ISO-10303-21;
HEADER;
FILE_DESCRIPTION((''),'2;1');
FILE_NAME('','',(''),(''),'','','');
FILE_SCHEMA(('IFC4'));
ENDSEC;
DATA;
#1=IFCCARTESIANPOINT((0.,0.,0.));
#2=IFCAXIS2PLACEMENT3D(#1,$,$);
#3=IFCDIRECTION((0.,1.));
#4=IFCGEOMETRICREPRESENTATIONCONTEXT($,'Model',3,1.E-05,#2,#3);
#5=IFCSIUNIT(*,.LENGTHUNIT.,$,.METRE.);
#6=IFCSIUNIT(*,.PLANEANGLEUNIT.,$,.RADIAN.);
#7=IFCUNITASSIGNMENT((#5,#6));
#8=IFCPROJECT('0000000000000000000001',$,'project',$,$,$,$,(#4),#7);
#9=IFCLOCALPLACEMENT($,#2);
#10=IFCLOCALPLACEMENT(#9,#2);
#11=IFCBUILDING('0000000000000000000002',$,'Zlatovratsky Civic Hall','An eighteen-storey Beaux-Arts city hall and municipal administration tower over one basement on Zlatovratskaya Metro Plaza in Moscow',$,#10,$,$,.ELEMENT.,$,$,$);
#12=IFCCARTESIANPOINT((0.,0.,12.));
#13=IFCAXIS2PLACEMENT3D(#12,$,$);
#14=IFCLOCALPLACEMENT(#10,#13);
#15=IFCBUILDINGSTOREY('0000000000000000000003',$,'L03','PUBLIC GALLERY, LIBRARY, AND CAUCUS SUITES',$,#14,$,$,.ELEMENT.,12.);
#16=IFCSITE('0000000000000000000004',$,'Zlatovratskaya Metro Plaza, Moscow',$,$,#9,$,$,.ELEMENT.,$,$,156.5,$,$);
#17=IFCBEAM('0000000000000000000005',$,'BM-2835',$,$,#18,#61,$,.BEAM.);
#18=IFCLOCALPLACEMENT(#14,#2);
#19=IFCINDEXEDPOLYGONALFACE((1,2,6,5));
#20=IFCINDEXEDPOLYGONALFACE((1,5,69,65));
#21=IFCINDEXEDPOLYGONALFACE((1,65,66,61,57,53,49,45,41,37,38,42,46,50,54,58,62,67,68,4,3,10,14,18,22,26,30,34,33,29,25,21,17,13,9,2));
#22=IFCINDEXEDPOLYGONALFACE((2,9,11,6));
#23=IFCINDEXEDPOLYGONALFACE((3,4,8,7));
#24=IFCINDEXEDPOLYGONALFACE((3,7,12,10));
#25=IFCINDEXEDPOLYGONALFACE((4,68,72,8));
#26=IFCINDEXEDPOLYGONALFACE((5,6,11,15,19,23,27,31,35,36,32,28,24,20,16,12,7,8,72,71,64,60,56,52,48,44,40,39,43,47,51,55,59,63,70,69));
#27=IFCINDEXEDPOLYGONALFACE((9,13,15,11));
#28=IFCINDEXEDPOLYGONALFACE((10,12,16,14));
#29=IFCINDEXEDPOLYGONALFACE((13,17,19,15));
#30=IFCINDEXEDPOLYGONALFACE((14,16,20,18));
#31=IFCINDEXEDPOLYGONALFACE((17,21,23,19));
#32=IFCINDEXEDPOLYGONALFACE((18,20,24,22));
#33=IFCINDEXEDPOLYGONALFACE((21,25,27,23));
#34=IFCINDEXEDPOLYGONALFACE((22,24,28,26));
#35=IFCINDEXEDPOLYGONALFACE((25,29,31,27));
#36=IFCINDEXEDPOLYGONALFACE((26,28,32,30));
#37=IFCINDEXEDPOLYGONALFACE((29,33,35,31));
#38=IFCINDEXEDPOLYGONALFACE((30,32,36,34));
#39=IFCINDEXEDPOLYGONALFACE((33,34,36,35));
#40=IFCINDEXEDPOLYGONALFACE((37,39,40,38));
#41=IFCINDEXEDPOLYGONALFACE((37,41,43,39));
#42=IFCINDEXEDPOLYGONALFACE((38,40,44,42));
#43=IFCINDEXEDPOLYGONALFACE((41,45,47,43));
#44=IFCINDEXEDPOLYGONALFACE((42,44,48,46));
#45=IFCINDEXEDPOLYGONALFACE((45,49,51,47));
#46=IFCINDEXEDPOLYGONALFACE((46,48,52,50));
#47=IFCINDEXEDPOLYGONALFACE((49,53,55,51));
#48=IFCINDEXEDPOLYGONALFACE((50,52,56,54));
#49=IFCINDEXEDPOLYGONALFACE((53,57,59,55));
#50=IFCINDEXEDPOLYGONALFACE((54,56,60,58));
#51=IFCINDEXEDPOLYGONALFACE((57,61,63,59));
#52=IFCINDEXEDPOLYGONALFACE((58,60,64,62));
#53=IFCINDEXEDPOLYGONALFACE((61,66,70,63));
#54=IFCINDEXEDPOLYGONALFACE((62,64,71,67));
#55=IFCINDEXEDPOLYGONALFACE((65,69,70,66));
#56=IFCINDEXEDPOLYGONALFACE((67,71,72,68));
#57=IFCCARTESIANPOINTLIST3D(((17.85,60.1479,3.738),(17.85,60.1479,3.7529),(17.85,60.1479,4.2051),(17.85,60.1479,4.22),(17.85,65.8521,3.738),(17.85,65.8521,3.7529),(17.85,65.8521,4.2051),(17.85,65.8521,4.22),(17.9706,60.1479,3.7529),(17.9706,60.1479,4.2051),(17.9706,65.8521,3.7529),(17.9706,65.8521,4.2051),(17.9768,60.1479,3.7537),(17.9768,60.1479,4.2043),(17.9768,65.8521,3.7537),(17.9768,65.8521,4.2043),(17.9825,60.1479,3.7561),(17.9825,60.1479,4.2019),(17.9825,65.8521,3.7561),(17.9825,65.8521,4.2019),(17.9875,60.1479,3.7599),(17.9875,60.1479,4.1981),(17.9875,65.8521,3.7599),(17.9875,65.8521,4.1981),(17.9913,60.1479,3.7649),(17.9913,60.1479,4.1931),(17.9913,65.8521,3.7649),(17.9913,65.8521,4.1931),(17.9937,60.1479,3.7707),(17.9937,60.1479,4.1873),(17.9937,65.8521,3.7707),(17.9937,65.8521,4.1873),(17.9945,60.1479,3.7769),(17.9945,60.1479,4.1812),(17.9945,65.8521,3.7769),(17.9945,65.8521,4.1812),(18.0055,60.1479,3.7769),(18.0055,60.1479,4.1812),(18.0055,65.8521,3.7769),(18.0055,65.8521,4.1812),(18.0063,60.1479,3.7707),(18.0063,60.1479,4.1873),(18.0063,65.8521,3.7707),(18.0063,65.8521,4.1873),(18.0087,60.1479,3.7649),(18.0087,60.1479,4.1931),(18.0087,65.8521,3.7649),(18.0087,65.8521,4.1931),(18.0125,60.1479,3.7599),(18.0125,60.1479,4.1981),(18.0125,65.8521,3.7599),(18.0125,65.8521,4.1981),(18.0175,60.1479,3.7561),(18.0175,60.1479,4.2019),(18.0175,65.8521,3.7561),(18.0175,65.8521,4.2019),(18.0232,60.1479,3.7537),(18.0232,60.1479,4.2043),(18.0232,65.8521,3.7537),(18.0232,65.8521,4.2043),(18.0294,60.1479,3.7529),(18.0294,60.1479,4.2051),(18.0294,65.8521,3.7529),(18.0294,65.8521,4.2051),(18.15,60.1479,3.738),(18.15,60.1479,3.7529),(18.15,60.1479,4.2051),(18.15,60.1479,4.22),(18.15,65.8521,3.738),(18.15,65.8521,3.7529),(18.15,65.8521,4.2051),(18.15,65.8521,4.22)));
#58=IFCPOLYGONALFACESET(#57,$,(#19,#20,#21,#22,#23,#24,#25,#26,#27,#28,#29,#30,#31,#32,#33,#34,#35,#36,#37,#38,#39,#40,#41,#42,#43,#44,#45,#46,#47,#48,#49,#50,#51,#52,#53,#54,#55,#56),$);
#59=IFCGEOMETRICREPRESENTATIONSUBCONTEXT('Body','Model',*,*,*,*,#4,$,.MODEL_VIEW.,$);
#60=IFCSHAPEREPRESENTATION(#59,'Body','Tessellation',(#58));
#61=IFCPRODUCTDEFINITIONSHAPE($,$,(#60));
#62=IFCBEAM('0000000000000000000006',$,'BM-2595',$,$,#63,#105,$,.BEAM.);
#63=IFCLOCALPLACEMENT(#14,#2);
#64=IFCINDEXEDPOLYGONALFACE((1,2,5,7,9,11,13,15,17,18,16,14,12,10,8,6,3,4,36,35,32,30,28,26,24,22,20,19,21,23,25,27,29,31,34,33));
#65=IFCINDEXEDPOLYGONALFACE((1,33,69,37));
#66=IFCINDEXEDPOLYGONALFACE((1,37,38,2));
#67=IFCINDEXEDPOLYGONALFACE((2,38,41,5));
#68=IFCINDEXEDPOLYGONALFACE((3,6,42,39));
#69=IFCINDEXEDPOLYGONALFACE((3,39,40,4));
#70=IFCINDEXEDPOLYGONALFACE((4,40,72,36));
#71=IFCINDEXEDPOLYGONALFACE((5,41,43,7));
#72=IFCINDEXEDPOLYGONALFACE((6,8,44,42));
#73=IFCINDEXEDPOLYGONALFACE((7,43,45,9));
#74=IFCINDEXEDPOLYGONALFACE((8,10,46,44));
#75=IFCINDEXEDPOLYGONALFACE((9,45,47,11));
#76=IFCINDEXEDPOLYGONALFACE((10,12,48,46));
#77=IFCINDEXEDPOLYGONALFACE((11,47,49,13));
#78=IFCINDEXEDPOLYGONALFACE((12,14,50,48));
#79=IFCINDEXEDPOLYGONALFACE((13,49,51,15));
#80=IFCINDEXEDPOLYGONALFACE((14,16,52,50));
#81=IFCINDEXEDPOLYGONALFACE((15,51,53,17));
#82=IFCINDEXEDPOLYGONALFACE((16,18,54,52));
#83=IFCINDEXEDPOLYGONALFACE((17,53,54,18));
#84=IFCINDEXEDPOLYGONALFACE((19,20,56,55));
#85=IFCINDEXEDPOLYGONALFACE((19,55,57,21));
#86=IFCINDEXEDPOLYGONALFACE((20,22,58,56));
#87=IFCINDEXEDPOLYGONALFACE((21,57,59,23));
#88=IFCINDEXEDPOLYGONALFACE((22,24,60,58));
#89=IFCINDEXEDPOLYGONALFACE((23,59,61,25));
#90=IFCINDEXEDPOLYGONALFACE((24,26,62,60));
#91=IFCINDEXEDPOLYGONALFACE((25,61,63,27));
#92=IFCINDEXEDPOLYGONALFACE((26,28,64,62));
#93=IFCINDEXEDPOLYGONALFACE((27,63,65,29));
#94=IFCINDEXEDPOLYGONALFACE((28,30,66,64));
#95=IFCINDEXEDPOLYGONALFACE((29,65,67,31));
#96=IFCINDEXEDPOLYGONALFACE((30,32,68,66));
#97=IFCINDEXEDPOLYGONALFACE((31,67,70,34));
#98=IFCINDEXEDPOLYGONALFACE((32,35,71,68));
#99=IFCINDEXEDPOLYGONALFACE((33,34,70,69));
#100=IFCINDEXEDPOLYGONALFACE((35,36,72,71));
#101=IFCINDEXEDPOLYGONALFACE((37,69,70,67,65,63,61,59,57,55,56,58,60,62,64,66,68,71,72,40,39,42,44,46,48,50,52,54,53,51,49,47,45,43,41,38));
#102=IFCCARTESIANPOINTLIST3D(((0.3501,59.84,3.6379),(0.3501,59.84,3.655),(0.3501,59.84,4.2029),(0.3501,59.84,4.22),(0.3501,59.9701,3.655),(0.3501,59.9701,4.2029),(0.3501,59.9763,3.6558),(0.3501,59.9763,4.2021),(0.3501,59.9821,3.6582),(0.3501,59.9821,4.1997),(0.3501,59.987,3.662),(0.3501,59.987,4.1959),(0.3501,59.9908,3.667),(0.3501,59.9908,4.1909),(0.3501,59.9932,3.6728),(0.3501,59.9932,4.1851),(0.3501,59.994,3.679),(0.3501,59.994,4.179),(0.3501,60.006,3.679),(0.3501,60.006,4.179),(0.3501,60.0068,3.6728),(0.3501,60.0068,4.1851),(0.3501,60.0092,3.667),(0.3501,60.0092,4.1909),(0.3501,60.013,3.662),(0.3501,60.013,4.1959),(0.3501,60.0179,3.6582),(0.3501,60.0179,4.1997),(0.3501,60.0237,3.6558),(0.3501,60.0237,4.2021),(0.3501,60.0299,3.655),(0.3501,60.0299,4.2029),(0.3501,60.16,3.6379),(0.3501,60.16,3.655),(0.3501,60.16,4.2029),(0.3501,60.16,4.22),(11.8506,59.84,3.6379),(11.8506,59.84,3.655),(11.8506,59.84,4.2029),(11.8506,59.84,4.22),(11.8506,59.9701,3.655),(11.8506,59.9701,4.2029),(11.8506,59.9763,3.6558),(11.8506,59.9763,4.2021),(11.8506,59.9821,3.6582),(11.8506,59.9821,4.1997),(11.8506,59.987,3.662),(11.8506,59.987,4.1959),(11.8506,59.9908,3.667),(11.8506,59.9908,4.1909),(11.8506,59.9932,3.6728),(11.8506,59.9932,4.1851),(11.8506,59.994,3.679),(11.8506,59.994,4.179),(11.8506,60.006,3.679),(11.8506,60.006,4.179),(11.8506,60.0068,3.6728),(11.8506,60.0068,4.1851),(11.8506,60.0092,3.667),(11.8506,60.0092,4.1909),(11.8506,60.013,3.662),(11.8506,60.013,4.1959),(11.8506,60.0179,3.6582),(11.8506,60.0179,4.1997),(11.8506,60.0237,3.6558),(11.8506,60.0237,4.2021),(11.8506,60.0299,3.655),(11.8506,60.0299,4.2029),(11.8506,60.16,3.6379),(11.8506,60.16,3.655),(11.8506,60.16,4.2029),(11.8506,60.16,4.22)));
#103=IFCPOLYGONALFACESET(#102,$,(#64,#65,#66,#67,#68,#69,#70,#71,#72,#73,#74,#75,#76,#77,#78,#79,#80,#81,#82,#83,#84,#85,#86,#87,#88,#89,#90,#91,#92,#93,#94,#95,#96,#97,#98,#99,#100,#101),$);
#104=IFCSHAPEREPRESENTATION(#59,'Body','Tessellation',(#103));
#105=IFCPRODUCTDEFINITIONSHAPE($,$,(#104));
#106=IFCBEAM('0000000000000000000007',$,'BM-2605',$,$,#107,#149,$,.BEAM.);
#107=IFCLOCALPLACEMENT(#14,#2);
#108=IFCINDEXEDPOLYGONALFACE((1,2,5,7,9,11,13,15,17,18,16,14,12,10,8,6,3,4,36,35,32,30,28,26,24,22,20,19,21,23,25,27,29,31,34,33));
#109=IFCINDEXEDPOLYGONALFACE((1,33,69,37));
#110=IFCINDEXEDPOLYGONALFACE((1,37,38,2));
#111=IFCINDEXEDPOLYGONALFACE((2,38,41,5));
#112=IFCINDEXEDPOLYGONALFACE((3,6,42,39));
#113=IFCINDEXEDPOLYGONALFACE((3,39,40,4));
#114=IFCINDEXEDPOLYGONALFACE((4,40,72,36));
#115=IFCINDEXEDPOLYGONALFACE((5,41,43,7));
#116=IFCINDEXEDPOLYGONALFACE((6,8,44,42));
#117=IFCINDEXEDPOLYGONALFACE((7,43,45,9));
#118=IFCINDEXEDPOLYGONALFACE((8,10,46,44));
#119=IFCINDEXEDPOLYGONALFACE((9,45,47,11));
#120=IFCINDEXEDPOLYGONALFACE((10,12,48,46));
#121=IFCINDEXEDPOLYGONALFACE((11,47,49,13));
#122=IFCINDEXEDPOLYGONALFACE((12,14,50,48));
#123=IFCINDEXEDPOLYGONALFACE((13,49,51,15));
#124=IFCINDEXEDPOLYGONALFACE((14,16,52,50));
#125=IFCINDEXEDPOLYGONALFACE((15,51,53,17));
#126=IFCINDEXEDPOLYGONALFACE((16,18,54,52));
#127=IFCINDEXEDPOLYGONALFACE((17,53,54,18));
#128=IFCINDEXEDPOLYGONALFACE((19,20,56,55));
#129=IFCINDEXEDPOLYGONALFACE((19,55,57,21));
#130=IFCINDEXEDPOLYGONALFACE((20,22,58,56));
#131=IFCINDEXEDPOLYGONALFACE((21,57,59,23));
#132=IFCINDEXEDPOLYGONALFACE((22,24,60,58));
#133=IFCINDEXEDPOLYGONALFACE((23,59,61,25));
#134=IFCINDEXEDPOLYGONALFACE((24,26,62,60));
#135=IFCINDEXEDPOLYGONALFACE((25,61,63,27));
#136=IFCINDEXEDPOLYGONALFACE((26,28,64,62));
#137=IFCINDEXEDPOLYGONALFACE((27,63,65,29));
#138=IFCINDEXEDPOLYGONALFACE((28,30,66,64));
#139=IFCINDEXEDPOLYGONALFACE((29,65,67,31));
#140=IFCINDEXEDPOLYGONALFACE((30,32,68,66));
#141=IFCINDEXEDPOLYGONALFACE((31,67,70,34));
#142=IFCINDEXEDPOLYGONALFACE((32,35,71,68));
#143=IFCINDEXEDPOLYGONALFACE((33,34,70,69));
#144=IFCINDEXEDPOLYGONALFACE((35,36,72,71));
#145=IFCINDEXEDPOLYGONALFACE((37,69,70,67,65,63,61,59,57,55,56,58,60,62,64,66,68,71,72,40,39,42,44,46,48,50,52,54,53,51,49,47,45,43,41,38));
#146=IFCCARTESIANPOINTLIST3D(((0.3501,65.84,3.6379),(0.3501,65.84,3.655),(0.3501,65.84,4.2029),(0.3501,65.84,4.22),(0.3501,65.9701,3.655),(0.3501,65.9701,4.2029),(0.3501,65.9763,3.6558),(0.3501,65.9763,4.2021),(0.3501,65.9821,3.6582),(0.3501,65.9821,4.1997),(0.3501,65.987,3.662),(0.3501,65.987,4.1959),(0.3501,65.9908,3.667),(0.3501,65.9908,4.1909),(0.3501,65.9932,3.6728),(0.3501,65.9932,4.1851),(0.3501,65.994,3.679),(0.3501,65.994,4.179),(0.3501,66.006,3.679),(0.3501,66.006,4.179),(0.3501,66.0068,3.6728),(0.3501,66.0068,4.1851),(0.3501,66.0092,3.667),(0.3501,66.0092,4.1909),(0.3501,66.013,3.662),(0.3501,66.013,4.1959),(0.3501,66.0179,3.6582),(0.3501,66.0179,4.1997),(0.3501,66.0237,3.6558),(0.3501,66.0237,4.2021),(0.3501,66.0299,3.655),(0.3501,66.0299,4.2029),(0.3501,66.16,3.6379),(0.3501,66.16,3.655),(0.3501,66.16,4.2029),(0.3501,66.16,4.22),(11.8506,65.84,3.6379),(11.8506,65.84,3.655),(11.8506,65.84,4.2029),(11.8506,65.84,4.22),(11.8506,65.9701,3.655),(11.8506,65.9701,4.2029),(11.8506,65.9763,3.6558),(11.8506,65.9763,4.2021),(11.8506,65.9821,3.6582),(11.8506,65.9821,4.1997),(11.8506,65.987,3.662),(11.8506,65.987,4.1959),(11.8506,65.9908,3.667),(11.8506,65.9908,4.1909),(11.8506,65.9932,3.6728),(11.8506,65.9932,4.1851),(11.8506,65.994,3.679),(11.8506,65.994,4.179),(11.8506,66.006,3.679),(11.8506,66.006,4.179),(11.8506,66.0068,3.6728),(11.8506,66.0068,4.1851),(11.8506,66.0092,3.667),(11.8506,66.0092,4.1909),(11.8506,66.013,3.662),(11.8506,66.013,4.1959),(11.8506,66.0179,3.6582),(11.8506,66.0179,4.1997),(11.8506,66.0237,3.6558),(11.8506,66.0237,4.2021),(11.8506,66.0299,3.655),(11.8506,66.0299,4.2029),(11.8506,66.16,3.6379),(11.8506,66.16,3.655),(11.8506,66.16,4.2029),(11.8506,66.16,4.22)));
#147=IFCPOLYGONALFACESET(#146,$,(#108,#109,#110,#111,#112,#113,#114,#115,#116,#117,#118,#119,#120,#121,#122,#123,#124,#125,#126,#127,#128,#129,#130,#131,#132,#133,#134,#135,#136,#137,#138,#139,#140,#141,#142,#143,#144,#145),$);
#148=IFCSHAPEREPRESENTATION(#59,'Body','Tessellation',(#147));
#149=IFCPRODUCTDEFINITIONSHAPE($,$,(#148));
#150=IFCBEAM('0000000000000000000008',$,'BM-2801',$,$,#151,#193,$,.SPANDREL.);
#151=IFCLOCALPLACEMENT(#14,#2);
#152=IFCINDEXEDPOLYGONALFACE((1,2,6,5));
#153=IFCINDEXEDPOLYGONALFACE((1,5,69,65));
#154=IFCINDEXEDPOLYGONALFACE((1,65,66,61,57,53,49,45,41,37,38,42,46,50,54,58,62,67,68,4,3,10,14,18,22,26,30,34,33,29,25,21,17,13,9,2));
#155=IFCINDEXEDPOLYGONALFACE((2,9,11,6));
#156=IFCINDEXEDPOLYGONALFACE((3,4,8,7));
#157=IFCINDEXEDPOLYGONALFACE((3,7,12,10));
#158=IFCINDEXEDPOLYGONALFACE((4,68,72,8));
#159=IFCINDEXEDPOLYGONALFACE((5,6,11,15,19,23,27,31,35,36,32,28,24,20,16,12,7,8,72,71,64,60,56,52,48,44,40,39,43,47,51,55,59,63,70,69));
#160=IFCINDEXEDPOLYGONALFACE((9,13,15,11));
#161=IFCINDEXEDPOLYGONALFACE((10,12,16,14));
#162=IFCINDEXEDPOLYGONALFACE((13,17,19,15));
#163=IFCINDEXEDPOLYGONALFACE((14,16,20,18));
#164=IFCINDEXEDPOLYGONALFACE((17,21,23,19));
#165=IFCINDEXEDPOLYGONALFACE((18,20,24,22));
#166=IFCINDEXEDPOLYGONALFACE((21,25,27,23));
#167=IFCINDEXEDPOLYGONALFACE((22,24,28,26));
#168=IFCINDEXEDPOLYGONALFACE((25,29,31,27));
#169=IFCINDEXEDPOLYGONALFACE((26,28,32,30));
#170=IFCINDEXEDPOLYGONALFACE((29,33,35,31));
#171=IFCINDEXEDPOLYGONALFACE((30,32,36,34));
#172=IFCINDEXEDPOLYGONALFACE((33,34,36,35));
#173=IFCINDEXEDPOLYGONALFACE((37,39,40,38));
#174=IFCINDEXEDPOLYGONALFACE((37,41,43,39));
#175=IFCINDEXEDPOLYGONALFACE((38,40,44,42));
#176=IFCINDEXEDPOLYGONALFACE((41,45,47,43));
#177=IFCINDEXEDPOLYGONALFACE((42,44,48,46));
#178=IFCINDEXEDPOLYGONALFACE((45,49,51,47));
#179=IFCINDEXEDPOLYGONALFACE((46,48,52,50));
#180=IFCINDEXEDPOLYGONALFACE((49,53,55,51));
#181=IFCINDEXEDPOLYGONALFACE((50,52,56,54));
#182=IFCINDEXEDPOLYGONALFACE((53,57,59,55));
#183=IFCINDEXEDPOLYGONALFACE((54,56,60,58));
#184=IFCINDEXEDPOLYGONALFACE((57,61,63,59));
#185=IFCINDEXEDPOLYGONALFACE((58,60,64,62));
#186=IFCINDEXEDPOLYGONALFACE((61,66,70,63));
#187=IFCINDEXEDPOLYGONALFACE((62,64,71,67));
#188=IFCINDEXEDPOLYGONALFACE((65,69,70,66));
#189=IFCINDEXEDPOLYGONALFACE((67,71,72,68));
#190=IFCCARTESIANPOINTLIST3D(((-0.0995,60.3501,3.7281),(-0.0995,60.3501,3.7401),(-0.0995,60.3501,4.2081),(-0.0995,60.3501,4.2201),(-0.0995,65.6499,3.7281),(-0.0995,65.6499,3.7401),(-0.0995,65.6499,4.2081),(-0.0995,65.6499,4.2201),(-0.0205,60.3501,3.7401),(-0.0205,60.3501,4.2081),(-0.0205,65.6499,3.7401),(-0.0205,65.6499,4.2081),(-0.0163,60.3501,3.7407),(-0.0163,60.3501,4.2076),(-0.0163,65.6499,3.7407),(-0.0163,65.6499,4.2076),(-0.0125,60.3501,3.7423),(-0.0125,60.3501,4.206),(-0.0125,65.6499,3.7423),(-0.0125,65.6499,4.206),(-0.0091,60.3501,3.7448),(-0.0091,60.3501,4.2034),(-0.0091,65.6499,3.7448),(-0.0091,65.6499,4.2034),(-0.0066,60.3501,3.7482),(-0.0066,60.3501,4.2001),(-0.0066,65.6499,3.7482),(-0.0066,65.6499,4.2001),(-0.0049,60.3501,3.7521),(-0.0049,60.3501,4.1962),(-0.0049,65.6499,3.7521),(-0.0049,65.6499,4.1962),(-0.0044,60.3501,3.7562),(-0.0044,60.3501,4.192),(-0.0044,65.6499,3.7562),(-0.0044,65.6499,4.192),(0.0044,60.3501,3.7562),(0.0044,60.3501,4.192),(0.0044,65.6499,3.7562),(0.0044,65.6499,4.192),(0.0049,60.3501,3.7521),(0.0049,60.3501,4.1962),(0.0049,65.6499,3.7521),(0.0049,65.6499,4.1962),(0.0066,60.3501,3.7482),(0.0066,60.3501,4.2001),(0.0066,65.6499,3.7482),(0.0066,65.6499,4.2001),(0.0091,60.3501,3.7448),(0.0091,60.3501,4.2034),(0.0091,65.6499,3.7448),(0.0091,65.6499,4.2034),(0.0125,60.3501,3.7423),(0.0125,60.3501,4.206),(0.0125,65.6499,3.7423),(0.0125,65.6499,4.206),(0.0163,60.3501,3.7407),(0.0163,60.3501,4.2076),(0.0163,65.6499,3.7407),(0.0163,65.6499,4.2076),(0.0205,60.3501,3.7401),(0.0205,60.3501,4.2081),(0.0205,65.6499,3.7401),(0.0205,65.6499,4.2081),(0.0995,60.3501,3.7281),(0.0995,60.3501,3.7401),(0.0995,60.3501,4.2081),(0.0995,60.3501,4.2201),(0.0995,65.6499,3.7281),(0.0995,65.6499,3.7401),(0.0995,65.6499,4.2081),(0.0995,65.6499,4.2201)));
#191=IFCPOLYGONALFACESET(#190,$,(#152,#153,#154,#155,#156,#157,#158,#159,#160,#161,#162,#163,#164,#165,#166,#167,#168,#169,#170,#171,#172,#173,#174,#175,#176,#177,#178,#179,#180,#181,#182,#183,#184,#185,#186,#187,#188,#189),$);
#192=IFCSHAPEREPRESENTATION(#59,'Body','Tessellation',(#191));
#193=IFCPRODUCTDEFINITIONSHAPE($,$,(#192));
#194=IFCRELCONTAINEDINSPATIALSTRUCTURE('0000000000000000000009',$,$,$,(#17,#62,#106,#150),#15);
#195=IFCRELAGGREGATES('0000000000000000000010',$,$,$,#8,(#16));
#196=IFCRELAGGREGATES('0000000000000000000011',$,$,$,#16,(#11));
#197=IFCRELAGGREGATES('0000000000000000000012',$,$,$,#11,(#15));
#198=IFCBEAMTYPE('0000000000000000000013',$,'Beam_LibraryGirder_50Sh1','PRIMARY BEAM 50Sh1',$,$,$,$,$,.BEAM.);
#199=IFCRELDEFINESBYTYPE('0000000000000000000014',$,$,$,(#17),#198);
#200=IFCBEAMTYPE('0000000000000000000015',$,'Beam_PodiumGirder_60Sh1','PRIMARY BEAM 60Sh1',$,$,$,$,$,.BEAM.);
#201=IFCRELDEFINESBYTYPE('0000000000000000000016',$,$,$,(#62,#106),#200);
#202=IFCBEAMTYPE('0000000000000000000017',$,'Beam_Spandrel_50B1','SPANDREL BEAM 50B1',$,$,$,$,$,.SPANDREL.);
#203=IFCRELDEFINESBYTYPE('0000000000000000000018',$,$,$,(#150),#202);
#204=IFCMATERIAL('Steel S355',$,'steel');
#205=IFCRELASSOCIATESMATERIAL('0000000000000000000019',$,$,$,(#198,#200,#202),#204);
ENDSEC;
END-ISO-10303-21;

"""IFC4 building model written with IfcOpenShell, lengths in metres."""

from ifc_helpers import new_model, si_unit, direction, frame, origin, origin_2d, place, context, subcontext, project, spatial, i_section, extrude, material, material_profile, profile_set, type_object, element, save


model = new_model("IFC4")

# Units and contexts
model_context = context("Model", 3, precision=1e-05, world=origin(), true_north=direction((0.0, 1.0)))
body_context = subcontext(model_context, "Body", "Model", "MODEL_VIEW")
ifc_project = project(units=[si_unit("LENGTHUNIT", "METRE"), si_unit("PLANEANGLEUNIT", "RADIAN")], contexts=[model_context])

# Site, building, storey
site_placement = place(None, origin())
site = spatial("IfcSite", under=ifc_project, at=site_placement, Name="Zlatovratskaya Metro Plaza, Moscow", CompositionType="ELEMENT", RefElevation=156.5)
building_placement = place(site_placement, origin())
building = spatial("IfcBuilding", under=site, at=building_placement, Name="Zlatovratsky Civic Hall", Description="An eighteen-storey Beaux-Arts city hall and municipal administration tower over one basement on Zlatovratskaya Metro Plaza in Moscow", CompositionType="ELEMENT")
storey_placement = place(building_placement, frame((0.0, 0.0, 12.0)))
storey = spatial("IfcBuildingStorey", under=building, at=storey_placement, Name="L03", Description="PUBLIC GALLERY, LIBRARY, AND CAUCUS SUITES", CompositionType="ELEMENT", Elevation=12.0)

# Shared definitions
ifc_material_1 = material(Name="Steel S355", Category="steel")

# Beams
ifc_material_profile_1 = material_profile(ifc_material_1, i_section(OverallWidth=0.3, OverallDepth=0.4819, WebThickness=0.011, FlangeThickness=0.0149, FilletRadius=0.0239, at=origin_2d()), Name="50Sh1")
ifc_profile_set_1 = profile_set([ifc_material_profile_1], Name="Steel S355")
beam_type_1 = type_object("IfcBeamType", Name="Beam_LibraryGirder_50Sh1", Description="PRIMARY BEAM 50Sh1", PredefinedType="BEAM", material=ifc_profile_set_1)
for number, where, z_axis, x_axis, name in (
    (1, (18.0, 60.1479, 3.979), (0.0, 1.0, 0.0), (-1.0, 0.0, 0.0), "BM-2835"),
):
    element("IfcBeam", number, at=place(storey_placement, frame(where, z_axis=z_axis, x_axis=x_axis)), inside=storey, type_object=beam_type_1, Name=name, PredefinedType="BEAM", context=body_context, shape_type="SweptSolid", body=[
        extrude(i_section(OverallWidth=0.3, OverallDepth=0.4819, WebThickness=0.011, FlangeThickness=0.0149, FilletRadius=0.0239, at=origin_2d()), origin(), (0.0, 0.0, 1.0), 5.7041),
    ])
ifc_material_profile_2 = material_profile(ifc_material_1, i_section(OverallWidth=0.3201, OverallDepth=0.582, WebThickness=0.012, FlangeThickness=0.0171, FilletRadius=0.0239, at=origin_2d()), Name="60Sh1")
ifc_profile_set_2 = profile_set([ifc_material_profile_2], Name="Steel S355")
beam_type_2 = type_object("IfcBeamType", Name="Beam_PodiumGirder_60Sh1", Description="PRIMARY BEAM 60Sh1", PredefinedType="BEAM", material=ifc_profile_set_2)
for number, where, z_axis, x_axis, name in (
    (2, (0.3501, 60.0, 3.929), (1.0, 0.0, 0.0), (0.0, 1.0, 0.0), "BM-2595"),
    (3, (0.3501, 66.0, 3.929), (1.0, 0.0, 0.0), (0.0, 1.0, 0.0), "BM-2605"),
):
    element("IfcBeam", number, at=place(storey_placement, frame(where, z_axis=z_axis, x_axis=x_axis)), inside=storey, type_object=beam_type_2, Name=name, PredefinedType="BEAM", context=body_context, shape_type="SweptSolid", body=[
        extrude(i_section(OverallWidth=0.3201, OverallDepth=0.582, WebThickness=0.012, FlangeThickness=0.0171, FilletRadius=0.0239, at=origin_2d()), origin(), (0.0, 0.0, 1.0), 11.5005),
    ])
ifc_material_profile_3 = material_profile(ifc_material_1, i_section(OverallWidth=0.199, OverallDepth=0.4919, WebThickness=0.0088, FlangeThickness=0.012, FilletRadius=0.0161, at=origin_2d()), Name="50B1")
ifc_profile_set_3 = profile_set([ifc_material_profile_3], Name="Steel S355")
beam_type_3 = type_object("IfcBeamType", Name="Beam_Spandrel_50B1", Description="SPANDREL BEAM 50B1", PredefinedType="SPANDREL", material=ifc_profile_set_3)
beam_1_placement = place(storey_placement, frame((0.0, 60.3501, 3.9741), z_axis=(0.0, 1.0, 0.0), x_axis=(-1.0, 0.0, 0.0)))
element("IfcBeam", 4, at=beam_1_placement, inside=storey, type_object=beam_type_3, Name="BM-2801", PredefinedType="SPANDREL", context=body_context, shape_type="SweptSolid", body=[
    extrude(i_section(OverallWidth=0.199, OverallDepth=0.4919, WebThickness=0.0088, FlangeThickness=0.012, FilletRadius=0.0161, at=origin_2d()), origin(), (0.0, 0.0, 1.0), 5.2998),
])

save(model, "model.ifc")
